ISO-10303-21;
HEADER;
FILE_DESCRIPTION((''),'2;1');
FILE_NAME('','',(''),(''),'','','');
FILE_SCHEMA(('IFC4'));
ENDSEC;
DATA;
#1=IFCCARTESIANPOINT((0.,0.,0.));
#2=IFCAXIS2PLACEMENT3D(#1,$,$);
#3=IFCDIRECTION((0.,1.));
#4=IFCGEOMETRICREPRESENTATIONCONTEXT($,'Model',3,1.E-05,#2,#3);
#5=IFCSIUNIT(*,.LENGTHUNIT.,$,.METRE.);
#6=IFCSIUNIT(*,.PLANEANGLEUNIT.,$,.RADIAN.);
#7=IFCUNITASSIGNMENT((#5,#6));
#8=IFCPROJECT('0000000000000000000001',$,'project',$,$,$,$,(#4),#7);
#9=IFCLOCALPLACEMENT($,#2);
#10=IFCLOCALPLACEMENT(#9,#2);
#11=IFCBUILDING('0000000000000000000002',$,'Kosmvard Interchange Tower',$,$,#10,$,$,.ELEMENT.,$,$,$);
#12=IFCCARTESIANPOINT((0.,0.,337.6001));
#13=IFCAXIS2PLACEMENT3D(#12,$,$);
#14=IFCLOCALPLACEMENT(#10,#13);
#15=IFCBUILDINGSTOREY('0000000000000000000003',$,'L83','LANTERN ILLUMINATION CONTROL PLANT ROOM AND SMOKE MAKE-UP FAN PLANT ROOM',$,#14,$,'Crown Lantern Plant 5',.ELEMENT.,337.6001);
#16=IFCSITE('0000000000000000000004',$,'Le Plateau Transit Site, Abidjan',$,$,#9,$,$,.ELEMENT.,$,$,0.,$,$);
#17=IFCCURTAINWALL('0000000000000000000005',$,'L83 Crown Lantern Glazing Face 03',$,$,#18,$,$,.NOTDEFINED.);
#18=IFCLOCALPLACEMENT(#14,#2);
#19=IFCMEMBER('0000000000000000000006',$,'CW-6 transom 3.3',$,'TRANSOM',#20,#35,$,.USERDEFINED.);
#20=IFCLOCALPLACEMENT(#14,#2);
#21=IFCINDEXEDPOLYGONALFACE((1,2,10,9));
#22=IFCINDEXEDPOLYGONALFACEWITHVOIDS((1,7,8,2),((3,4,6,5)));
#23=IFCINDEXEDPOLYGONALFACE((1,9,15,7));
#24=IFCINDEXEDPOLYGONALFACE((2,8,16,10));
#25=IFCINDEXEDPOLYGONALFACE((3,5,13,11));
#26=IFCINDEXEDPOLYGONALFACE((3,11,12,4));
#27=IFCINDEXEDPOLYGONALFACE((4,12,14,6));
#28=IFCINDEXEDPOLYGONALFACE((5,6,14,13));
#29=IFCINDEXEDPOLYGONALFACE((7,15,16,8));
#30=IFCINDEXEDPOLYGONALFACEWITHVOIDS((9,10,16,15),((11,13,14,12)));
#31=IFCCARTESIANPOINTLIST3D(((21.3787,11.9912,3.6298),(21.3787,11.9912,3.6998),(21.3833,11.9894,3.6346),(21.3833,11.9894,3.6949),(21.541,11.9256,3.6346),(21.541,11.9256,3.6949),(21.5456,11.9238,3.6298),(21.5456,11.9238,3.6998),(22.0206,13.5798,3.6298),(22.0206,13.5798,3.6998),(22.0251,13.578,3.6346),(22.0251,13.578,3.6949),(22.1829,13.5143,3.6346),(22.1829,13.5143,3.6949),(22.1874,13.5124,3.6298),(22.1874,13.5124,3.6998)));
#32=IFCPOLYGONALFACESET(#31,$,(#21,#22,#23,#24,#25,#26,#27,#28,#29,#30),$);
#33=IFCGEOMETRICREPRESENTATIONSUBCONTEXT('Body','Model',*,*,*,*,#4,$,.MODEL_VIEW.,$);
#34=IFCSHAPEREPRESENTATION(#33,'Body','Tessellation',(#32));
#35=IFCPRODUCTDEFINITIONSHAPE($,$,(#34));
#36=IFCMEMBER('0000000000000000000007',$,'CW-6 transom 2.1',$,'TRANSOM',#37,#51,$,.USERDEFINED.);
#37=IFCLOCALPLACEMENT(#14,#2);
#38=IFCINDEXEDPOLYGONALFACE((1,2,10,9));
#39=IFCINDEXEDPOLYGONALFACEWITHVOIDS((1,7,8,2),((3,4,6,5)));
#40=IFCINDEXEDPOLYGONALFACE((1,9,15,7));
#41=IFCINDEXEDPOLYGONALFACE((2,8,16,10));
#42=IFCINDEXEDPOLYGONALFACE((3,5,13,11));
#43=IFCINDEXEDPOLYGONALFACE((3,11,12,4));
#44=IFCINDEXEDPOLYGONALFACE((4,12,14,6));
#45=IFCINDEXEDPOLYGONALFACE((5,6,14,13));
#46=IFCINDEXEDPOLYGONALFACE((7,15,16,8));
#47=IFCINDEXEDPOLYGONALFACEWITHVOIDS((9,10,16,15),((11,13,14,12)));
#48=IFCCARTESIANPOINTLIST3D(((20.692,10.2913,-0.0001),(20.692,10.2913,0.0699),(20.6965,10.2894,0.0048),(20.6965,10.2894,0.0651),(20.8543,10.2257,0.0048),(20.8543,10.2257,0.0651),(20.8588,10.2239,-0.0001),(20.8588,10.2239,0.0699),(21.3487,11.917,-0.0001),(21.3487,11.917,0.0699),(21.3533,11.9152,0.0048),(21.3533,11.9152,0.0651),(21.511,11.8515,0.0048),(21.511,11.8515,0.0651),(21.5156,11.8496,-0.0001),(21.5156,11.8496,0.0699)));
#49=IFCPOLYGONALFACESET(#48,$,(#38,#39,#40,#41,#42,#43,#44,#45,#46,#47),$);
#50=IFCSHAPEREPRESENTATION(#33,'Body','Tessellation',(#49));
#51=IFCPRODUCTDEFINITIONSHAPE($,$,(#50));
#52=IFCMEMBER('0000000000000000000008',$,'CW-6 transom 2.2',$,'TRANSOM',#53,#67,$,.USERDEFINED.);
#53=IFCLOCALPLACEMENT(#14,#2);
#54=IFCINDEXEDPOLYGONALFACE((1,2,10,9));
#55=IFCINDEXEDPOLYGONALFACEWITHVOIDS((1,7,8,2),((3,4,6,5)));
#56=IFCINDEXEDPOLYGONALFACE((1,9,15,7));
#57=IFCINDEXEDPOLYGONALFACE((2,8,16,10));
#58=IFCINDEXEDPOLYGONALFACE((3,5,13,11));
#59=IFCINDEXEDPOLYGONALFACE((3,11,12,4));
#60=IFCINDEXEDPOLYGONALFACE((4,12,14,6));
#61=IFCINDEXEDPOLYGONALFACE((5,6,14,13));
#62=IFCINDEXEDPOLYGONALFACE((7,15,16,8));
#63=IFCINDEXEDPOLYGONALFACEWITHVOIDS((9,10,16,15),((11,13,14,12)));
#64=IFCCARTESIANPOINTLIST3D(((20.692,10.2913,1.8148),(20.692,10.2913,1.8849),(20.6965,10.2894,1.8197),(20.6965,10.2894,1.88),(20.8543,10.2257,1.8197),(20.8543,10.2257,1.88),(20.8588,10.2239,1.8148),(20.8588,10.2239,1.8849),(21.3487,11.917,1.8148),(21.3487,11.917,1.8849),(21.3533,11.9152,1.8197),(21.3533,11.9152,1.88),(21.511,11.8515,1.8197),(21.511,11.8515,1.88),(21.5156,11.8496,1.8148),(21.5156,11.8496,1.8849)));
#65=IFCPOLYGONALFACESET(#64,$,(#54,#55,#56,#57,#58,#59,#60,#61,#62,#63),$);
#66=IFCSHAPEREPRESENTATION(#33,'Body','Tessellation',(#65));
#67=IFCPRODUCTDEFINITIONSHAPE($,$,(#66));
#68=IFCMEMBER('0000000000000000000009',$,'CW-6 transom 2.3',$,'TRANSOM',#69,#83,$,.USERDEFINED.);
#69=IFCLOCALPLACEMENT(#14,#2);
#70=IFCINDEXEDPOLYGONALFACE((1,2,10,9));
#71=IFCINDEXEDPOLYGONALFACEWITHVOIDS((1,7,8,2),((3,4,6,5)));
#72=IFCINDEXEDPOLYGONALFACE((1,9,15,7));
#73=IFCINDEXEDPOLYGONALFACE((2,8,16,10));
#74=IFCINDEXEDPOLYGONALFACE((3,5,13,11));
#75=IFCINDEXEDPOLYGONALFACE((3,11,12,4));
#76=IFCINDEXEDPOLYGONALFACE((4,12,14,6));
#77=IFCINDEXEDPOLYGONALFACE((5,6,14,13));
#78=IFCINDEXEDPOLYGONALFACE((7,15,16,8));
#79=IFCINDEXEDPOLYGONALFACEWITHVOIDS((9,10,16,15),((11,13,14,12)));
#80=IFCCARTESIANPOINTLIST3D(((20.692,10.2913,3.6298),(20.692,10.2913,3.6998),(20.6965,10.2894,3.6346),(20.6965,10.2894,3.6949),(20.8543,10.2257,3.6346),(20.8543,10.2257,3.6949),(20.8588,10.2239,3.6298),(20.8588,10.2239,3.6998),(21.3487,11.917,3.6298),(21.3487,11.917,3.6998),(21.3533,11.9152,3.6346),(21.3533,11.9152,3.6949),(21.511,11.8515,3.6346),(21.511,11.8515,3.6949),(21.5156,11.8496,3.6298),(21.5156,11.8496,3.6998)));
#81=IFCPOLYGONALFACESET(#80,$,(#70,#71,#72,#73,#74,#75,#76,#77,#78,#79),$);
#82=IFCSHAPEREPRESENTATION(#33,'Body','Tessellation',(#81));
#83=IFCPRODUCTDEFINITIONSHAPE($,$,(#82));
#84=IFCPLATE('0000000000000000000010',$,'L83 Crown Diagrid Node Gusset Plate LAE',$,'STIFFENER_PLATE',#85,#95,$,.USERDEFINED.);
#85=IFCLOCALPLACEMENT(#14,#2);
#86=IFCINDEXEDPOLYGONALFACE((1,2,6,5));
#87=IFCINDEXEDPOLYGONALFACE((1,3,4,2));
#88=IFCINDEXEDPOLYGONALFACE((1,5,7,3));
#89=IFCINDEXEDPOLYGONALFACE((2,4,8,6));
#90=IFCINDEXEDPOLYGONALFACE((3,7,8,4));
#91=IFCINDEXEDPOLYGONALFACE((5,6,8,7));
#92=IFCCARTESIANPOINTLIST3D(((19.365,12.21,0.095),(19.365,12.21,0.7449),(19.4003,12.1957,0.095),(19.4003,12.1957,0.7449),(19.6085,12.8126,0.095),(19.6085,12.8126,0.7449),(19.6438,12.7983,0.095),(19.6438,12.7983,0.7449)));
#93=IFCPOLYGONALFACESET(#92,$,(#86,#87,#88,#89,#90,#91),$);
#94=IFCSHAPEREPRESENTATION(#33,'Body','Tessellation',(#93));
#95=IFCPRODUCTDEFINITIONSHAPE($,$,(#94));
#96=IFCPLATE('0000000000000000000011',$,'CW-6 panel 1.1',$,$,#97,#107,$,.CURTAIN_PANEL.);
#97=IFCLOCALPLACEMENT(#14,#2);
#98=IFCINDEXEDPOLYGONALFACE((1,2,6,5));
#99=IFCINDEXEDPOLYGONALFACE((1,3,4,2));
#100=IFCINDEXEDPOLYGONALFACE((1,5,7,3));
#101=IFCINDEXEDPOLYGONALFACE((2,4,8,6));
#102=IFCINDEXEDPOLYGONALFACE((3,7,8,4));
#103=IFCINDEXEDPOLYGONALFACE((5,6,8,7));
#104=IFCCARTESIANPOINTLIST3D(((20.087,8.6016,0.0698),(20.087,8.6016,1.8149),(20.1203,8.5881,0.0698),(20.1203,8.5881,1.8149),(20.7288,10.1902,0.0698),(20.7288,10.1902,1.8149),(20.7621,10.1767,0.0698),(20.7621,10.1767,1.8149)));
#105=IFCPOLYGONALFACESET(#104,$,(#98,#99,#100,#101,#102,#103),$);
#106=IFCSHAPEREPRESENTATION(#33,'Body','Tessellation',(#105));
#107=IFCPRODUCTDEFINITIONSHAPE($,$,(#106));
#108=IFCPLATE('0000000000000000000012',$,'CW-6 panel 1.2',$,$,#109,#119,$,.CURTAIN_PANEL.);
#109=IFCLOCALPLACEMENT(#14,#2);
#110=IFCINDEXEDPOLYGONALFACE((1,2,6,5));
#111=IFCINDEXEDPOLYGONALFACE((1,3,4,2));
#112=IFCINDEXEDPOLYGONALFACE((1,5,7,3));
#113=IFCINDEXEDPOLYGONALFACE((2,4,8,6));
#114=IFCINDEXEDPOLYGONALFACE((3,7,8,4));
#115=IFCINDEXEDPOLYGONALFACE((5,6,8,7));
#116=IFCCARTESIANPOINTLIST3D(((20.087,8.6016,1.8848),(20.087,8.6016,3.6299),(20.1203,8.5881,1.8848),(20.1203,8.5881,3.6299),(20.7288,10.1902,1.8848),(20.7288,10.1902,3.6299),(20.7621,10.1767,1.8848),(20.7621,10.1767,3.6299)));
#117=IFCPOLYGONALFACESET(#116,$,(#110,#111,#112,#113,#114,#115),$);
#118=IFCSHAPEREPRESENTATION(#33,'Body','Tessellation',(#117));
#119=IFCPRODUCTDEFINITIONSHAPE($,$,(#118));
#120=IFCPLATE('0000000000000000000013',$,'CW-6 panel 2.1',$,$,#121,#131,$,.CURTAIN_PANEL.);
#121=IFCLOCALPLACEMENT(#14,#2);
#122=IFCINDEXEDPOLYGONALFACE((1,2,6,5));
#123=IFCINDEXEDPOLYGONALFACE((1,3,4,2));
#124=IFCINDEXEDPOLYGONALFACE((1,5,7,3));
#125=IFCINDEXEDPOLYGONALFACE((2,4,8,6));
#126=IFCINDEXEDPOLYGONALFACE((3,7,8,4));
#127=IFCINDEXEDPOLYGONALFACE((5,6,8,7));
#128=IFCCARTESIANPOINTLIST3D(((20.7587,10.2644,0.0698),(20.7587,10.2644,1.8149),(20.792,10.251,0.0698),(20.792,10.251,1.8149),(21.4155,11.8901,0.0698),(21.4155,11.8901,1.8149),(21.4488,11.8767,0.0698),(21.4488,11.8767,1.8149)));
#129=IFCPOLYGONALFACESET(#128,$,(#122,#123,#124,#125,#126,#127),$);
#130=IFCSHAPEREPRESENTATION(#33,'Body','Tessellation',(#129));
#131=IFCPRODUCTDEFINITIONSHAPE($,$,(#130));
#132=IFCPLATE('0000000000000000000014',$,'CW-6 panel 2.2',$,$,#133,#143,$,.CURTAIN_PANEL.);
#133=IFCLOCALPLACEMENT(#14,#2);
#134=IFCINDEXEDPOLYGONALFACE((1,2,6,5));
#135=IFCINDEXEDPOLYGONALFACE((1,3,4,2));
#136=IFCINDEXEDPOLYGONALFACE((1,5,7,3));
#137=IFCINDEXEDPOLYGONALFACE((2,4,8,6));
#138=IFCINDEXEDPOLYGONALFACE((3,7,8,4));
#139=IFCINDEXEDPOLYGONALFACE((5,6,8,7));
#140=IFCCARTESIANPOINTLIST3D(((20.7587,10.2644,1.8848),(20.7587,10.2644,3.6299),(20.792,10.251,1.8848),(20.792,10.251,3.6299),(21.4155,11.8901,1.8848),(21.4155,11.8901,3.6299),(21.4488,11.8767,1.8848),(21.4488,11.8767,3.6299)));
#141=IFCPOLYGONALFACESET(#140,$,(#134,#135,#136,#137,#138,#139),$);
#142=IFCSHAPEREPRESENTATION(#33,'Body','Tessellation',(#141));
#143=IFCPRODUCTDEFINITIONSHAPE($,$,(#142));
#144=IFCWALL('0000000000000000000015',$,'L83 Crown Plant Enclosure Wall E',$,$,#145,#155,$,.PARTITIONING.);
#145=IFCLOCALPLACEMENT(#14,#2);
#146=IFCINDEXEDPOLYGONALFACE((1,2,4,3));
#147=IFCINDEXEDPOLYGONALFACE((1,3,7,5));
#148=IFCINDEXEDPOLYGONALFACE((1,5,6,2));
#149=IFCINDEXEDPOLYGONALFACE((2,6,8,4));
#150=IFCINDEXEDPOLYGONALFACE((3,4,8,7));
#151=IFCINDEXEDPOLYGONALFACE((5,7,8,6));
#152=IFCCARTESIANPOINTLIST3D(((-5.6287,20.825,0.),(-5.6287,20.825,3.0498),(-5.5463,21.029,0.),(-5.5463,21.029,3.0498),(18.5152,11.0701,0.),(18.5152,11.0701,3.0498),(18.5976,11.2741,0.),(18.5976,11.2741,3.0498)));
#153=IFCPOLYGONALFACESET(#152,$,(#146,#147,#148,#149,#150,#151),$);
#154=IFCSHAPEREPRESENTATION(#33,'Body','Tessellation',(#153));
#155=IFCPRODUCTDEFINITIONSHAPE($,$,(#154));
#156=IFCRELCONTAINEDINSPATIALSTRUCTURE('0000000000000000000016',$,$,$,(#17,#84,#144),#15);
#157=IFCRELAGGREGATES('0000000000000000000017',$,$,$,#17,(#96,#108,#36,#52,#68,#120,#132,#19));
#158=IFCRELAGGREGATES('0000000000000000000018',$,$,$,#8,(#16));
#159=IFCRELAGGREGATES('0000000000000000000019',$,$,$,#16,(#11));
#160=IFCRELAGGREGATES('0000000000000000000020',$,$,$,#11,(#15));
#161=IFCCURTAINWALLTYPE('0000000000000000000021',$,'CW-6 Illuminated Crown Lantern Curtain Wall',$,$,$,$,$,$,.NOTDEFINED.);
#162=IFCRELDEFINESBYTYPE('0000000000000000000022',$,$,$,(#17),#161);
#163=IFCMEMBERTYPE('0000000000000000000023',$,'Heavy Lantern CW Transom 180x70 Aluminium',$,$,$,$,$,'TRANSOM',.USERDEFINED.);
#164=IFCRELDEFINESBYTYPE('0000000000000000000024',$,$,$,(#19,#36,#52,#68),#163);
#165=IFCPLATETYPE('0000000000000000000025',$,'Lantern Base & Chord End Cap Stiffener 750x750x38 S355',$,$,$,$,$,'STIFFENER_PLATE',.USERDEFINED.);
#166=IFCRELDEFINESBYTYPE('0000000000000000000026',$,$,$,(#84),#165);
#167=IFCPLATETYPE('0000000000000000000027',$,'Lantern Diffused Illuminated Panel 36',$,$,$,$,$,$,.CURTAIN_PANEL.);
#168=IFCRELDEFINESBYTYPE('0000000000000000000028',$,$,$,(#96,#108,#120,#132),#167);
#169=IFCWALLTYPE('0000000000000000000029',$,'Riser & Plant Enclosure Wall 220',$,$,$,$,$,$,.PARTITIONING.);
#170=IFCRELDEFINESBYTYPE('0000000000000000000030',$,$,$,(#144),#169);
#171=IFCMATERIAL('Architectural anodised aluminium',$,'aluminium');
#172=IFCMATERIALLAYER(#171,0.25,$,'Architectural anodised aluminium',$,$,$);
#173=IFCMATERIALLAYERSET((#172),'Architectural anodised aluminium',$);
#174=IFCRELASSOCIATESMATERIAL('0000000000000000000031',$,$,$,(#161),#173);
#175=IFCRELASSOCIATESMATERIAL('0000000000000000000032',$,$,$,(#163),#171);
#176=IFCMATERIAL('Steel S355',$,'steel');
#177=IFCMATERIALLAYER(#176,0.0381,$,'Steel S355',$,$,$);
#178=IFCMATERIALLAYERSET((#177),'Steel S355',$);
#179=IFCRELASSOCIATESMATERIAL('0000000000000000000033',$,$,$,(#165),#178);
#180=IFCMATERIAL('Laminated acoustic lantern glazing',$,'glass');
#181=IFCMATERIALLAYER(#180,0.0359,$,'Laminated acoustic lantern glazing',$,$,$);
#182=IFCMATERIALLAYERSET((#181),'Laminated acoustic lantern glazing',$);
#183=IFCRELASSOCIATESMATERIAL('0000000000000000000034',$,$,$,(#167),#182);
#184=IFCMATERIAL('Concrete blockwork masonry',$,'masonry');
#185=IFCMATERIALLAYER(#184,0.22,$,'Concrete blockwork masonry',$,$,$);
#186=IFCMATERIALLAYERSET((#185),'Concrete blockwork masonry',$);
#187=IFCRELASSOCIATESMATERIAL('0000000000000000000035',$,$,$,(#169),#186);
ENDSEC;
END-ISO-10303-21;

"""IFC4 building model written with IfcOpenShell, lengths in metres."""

from ifc_helpers import new_model, si_unit, direction, frame, frame_2d, origin, origin_2d, place, context, subcontext, project, spatial, rectangle, hollow_rectangle, extrude, source, transform, mapped, material, layer, layer_set, material_profile, profile_set, type_object, element, aggregate, save


model = new_model("IFC4")

# Units and contexts
model_context = context("Model", 3, precision=1e-05, world=origin(), true_north=direction((0.0, 1.0)))
body_context = subcontext(model_context, "Body", "Model", "MODEL_VIEW")
ifc_project = project(units=[si_unit("LENGTHUNIT", "METRE"), si_unit("PLANEANGLEUNIT", "RADIAN")], contexts=[model_context])

# Site, building, storey
site_placement = place(None, origin())
site = spatial("IfcSite", under=ifc_project, at=site_placement, Name="Le Plateau Transit Site, Abidjan", CompositionType="ELEMENT", RefElevation=0.0)
building_placement = place(site_placement, origin())
building = spatial("IfcBuilding", under=site, at=building_placement, Name="Kosmvard Interchange Tower", CompositionType="ELEMENT")
storey_placement = place(building_placement, frame((0.0, 0.0, 337.6001)))
storey = spatial("IfcBuildingStorey", under=building, at=storey_placement, Name="L83", Description="LANTERN ILLUMINATION CONTROL PLANT ROOM AND SMOKE MAKE-UP FAN PLANT ROOM", LongName="Crown Lantern Plant 5", CompositionType="ELEMENT", Elevation=337.6001)

# Shared definitions
ifc_material_1 = material(Name="Steel S355", Category="steel")

# Curtain wall, members
ifc_material_2 = material(Name="Architectural anodised aluminium", Category="aluminium")
ifc_layer_1 = layer(ifc_material_2, 0.25, Name="Architectural anodised aluminium")
ifc_layer_set_1 = layer_set([ifc_layer_1], Name="Architectural anodised aluminium")
curtain_wall_type = type_object("IfcCurtainWallType", Name="CW-6 Illuminated Crown Lantern Curtain Wall", PredefinedType="NOTDEFINED", material=ifc_layer_set_1)
curtain_wall_placement = place(storey_placement, origin())
curtain_wall = element("IfcCurtainWall", 1, at=curtain_wall_placement, inside=storey, type_object=curtain_wall_type, Name="L83 Crown Lantern Glazing Face 03", PredefinedType="NOTDEFINED")
ifc_material_profile_1 = material_profile(ifc_material_2, hollow_rectangle(XDim=0.1799, YDim=0.0701, WallThickness=0.0049, at=origin_2d()), Name="CWT 180x70x5")
ifc_profile_set_1 = profile_set([ifc_material_profile_1], Name="Architectural anodised aluminium")
member_type_1 = type_object("IfcMemberType", Name="Heavy Lantern CW Transom 180x70 Aluminium", ElementType="TRANSOM", PredefinedType="USERDEFINED", material=ifc_profile_set_1)
shared_shape_1 = source(origin(), body_context, "Body", "SweptSolid", [
    extrude(hollow_rectangle(XDim=0.1799, YDim=0.0701, WallThickness=0.0049, at=origin_2d()), origin(), (0.0, 0.0, 1.0), 1.7134),
])
member_1_placement = place(storey_placement, frame((21.4622, 11.9575, 3.6648), z_axis=(0.374607, 0.927184, 0.0), x_axis=(-0.927184, 0.374607, 0.0)))
member_1 = element("IfcMember", 2, at=member_1_placement, type_object=member_type_1, Name="CW-6 transom 3.3", ObjectType="TRANSOM", PredefinedType="USERDEFINED", context=body_context, shape_type="MappedRepresentation", body=[
    mapped(shared_shape_1, transform((0.0, 0.0, 0.0), scale=1.0)),
])
shared_shape_2 = source(origin(), body_context, "Body", "SweptSolid", [
    extrude(hollow_rectangle(XDim=0.1799, YDim=0.0701, WallThickness=0.0049, at=origin_2d()), origin(), (0.0, 0.0, 1.0), 1.7534),
])
member_2_placement = place(storey_placement, frame((20.7754, 10.2576, 0.0349), z_axis=(0.374557, 0.927204, 0.0), x_axis=(-0.927204, 0.374557, 0.0)))
member_2 = element("IfcMember", 3, at=member_2_placement, type_object=member_type_1, Name="CW-6 transom 2.1", ObjectType="TRANSOM", PredefinedType="USERDEFINED", context=body_context, shape_type="MappedRepresentation", body=[
    mapped(shared_shape_2, transform((0.0, 0.0, 0.0), scale=1.0)),
])
member_3_placement = place(storey_placement, frame((20.7754, 10.2576, 1.8499), z_axis=(0.374557, 0.927204, 0.0), x_axis=(-0.927204, 0.374557, 0.0)))
member_3 = element("IfcMember", 4, at=member_3_placement, type_object=member_type_1, Name="CW-6 transom 2.2", ObjectType="TRANSOM", PredefinedType="USERDEFINED", context=body_context, shape_type="MappedRepresentation", body=[
    mapped(shared_shape_2, transform((0.0, 0.0, 0.0), scale=1.0)),
])
member_4_placement = place(storey_placement, frame((20.7754, 10.2576, 3.6648), z_axis=(0.374557, 0.927204, 0.0), x_axis=(-0.927204, 0.374557, 0.0)))
member_4 = element("IfcMember", 5, at=member_4_placement, type_object=member_type_1, Name="CW-6 transom 2.3", ObjectType="TRANSOM", PredefinedType="USERDEFINED", context=body_context, shape_type="MappedRepresentation", body=[
    mapped(shared_shape_2, transform((0.0, 0.0, 0.0), scale=1.0)),
])

# Plates
ifc_layer_2 = layer(ifc_material_1, 0.0381, Name="Steel S355")
ifc_layer_set_2 = layer_set([ifc_layer_2], Name="Steel S355")
plate_type_1 = type_object("IfcPlateType", Name="Lantern Base & Chord End Cap Stiffener 750x750x38 S355", ElementType="STIFFENER_PLATE", PredefinedType="USERDEFINED", material=ifc_layer_set_2)
shared_shape_3 = source(origin(), body_context, "Body", "SweptSolid", [
    extrude(rectangle(XDim=0.6499, YDim=0.0381, at=origin_2d()), origin(), (0.0, 0.0, 1.0), 0.6499),
])
plate_1_placement = place(storey_placement, frame((19.5044, 12.5042, 0.095), z_axis=(0.0, 0.0, 1.0), x_axis=(0.374607, 0.927184, 0.0)))
element("IfcPlate", 6, at=plate_1_placement, inside=storey, type_object=plate_type_1, Name="L83 Crown Diagrid Node Gusset Plate LAE", ObjectType="STIFFENER_PLATE", PredefinedType="USERDEFINED", context=body_context, shape_type="MappedRepresentation", body=[
    mapped(shared_shape_3, transform((0.0, 0.0, 0.0), scale=1.0)),
])
ifc_material_3 = material(Name="Laminated acoustic lantern glazing", Category="glass")
ifc_layer_3 = layer(ifc_material_3, 0.0359, Name="Laminated acoustic lantern glazing")
ifc_layer_set_3 = layer_set([ifc_layer_3], Name="Laminated acoustic lantern glazing")
plate_type_2 = type_object("IfcPlateType", Name="Lantern Diffused Illuminated Panel 36", PredefinedType="CURTAIN_PANEL", material=ifc_layer_set_3)
shared_shape_4 = source(origin(), body_context, "Body", "SweptSolid", [
    extrude(rectangle(XDim=1.7134, YDim=0.0359, at=origin_2d()), origin(), (0.0, 0.0, 1.0), 1.7451),
])
plate_2_placement = place(storey_placement, frame((20.4246, 9.3892, 0.0698), z_axis=(0.0, 0.0, 1.0), x_axis=(0.374607, 0.927184, 0.0)))
plate_2 = element("IfcPlate", 7, at=plate_2_placement, type_object=plate_type_2, Name="CW-6 panel 1.1", PredefinedType="CURTAIN_PANEL", context=body_context, shape_type="MappedRepresentation", body=[
    mapped(shared_shape_4, transform((0.0, 0.0, 0.0), scale=1.0)),
])
plate_3_placement = place(storey_placement, frame((20.4246, 9.3892, 1.8848), z_axis=(0.0, 0.0, 1.0), x_axis=(0.374607, 0.927184, 0.0)))
plate_3 = element("IfcPlate", 8, at=plate_3_placement, type_object=plate_type_2, Name="CW-6 panel 1.2", PredefinedType="CURTAIN_PANEL", context=body_context, shape_type="MappedRepresentation", body=[
    mapped(shared_shape_4, transform((0.0, 0.0, 0.0), scale=1.0)),
])
shared_shape_5 = source(origin(), body_context, "Body", "SweptSolid", [
    extrude(rectangle(XDim=1.7534, YDim=0.0359, at=origin_2d()), origin(), (0.0, 0.0, 1.0), 1.7451),
])
plate_4_placement = place(storey_placement, frame((21.1038, 11.0706, 0.0698), z_axis=(0.0, 0.0, 1.0), x_axis=(0.374607, 0.927184, 0.0)))
plate_4 = element("IfcPlate", 9, at=plate_4_placement, type_object=plate_type_2, Name="CW-6 panel 2.1", PredefinedType="CURTAIN_PANEL", context=body_context, shape_type="MappedRepresentation", body=[
    mapped(shared_shape_5, transform((0.0, 0.0, 0.0), scale=1.0)),
])
plate_5_placement = place(storey_placement, frame((21.1038, 11.0706, 1.8848), z_axis=(0.0, 0.0, 1.0), x_axis=(0.374607, 0.927184, 0.0)))
plate_5 = element("IfcPlate", 10, at=plate_5_placement, type_object=plate_type_2, Name="CW-6 panel 2.2", PredefinedType="CURTAIN_PANEL", context=body_context, shape_type="MappedRepresentation", body=[
    mapped(shared_shape_5, transform((0.0, 0.0, 0.0), scale=1.0)),
])
aggregate(curtain_wall, [plate_2, plate_3, member_2, member_3, member_4, plate_4, plate_5, member_1])

# Wall
ifc_material_4 = material(Name="Concrete blockwork masonry", Category="masonry")
ifc_layer_4 = layer(ifc_material_4, 0.22, Name="Concrete blockwork masonry")
ifc_layer_set_4 = layer_set([ifc_layer_4], Name="Concrete blockwork masonry")
wall_type = type_object("IfcWallType", Name="Riser & Plant Enclosure Wall 220", PredefinedType="PARTITIONING", material=ifc_layer_set_4)
wall_placement = place(storey_placement, frame((18.5564, 11.1721, 0.0), z_axis=(0.0, 0.0, 1.0), x_axis=(-0.927182, 0.374612, 0.0)))
element("IfcWall", 11, at=wall_placement, inside=storey, type_object=wall_type, Name="L83 Crown Plant Enclosure Wall E", PredefinedType="PARTITIONING", context=body_context, shape_type="SweptSolid", body=[
    extrude(rectangle(XDim=26.04, YDim=0.22, at=frame_2d((13.02, 0.0))), origin(), (0.0, 0.0, 1.0), 3.0498),
])

save(model, "model.ifc")
